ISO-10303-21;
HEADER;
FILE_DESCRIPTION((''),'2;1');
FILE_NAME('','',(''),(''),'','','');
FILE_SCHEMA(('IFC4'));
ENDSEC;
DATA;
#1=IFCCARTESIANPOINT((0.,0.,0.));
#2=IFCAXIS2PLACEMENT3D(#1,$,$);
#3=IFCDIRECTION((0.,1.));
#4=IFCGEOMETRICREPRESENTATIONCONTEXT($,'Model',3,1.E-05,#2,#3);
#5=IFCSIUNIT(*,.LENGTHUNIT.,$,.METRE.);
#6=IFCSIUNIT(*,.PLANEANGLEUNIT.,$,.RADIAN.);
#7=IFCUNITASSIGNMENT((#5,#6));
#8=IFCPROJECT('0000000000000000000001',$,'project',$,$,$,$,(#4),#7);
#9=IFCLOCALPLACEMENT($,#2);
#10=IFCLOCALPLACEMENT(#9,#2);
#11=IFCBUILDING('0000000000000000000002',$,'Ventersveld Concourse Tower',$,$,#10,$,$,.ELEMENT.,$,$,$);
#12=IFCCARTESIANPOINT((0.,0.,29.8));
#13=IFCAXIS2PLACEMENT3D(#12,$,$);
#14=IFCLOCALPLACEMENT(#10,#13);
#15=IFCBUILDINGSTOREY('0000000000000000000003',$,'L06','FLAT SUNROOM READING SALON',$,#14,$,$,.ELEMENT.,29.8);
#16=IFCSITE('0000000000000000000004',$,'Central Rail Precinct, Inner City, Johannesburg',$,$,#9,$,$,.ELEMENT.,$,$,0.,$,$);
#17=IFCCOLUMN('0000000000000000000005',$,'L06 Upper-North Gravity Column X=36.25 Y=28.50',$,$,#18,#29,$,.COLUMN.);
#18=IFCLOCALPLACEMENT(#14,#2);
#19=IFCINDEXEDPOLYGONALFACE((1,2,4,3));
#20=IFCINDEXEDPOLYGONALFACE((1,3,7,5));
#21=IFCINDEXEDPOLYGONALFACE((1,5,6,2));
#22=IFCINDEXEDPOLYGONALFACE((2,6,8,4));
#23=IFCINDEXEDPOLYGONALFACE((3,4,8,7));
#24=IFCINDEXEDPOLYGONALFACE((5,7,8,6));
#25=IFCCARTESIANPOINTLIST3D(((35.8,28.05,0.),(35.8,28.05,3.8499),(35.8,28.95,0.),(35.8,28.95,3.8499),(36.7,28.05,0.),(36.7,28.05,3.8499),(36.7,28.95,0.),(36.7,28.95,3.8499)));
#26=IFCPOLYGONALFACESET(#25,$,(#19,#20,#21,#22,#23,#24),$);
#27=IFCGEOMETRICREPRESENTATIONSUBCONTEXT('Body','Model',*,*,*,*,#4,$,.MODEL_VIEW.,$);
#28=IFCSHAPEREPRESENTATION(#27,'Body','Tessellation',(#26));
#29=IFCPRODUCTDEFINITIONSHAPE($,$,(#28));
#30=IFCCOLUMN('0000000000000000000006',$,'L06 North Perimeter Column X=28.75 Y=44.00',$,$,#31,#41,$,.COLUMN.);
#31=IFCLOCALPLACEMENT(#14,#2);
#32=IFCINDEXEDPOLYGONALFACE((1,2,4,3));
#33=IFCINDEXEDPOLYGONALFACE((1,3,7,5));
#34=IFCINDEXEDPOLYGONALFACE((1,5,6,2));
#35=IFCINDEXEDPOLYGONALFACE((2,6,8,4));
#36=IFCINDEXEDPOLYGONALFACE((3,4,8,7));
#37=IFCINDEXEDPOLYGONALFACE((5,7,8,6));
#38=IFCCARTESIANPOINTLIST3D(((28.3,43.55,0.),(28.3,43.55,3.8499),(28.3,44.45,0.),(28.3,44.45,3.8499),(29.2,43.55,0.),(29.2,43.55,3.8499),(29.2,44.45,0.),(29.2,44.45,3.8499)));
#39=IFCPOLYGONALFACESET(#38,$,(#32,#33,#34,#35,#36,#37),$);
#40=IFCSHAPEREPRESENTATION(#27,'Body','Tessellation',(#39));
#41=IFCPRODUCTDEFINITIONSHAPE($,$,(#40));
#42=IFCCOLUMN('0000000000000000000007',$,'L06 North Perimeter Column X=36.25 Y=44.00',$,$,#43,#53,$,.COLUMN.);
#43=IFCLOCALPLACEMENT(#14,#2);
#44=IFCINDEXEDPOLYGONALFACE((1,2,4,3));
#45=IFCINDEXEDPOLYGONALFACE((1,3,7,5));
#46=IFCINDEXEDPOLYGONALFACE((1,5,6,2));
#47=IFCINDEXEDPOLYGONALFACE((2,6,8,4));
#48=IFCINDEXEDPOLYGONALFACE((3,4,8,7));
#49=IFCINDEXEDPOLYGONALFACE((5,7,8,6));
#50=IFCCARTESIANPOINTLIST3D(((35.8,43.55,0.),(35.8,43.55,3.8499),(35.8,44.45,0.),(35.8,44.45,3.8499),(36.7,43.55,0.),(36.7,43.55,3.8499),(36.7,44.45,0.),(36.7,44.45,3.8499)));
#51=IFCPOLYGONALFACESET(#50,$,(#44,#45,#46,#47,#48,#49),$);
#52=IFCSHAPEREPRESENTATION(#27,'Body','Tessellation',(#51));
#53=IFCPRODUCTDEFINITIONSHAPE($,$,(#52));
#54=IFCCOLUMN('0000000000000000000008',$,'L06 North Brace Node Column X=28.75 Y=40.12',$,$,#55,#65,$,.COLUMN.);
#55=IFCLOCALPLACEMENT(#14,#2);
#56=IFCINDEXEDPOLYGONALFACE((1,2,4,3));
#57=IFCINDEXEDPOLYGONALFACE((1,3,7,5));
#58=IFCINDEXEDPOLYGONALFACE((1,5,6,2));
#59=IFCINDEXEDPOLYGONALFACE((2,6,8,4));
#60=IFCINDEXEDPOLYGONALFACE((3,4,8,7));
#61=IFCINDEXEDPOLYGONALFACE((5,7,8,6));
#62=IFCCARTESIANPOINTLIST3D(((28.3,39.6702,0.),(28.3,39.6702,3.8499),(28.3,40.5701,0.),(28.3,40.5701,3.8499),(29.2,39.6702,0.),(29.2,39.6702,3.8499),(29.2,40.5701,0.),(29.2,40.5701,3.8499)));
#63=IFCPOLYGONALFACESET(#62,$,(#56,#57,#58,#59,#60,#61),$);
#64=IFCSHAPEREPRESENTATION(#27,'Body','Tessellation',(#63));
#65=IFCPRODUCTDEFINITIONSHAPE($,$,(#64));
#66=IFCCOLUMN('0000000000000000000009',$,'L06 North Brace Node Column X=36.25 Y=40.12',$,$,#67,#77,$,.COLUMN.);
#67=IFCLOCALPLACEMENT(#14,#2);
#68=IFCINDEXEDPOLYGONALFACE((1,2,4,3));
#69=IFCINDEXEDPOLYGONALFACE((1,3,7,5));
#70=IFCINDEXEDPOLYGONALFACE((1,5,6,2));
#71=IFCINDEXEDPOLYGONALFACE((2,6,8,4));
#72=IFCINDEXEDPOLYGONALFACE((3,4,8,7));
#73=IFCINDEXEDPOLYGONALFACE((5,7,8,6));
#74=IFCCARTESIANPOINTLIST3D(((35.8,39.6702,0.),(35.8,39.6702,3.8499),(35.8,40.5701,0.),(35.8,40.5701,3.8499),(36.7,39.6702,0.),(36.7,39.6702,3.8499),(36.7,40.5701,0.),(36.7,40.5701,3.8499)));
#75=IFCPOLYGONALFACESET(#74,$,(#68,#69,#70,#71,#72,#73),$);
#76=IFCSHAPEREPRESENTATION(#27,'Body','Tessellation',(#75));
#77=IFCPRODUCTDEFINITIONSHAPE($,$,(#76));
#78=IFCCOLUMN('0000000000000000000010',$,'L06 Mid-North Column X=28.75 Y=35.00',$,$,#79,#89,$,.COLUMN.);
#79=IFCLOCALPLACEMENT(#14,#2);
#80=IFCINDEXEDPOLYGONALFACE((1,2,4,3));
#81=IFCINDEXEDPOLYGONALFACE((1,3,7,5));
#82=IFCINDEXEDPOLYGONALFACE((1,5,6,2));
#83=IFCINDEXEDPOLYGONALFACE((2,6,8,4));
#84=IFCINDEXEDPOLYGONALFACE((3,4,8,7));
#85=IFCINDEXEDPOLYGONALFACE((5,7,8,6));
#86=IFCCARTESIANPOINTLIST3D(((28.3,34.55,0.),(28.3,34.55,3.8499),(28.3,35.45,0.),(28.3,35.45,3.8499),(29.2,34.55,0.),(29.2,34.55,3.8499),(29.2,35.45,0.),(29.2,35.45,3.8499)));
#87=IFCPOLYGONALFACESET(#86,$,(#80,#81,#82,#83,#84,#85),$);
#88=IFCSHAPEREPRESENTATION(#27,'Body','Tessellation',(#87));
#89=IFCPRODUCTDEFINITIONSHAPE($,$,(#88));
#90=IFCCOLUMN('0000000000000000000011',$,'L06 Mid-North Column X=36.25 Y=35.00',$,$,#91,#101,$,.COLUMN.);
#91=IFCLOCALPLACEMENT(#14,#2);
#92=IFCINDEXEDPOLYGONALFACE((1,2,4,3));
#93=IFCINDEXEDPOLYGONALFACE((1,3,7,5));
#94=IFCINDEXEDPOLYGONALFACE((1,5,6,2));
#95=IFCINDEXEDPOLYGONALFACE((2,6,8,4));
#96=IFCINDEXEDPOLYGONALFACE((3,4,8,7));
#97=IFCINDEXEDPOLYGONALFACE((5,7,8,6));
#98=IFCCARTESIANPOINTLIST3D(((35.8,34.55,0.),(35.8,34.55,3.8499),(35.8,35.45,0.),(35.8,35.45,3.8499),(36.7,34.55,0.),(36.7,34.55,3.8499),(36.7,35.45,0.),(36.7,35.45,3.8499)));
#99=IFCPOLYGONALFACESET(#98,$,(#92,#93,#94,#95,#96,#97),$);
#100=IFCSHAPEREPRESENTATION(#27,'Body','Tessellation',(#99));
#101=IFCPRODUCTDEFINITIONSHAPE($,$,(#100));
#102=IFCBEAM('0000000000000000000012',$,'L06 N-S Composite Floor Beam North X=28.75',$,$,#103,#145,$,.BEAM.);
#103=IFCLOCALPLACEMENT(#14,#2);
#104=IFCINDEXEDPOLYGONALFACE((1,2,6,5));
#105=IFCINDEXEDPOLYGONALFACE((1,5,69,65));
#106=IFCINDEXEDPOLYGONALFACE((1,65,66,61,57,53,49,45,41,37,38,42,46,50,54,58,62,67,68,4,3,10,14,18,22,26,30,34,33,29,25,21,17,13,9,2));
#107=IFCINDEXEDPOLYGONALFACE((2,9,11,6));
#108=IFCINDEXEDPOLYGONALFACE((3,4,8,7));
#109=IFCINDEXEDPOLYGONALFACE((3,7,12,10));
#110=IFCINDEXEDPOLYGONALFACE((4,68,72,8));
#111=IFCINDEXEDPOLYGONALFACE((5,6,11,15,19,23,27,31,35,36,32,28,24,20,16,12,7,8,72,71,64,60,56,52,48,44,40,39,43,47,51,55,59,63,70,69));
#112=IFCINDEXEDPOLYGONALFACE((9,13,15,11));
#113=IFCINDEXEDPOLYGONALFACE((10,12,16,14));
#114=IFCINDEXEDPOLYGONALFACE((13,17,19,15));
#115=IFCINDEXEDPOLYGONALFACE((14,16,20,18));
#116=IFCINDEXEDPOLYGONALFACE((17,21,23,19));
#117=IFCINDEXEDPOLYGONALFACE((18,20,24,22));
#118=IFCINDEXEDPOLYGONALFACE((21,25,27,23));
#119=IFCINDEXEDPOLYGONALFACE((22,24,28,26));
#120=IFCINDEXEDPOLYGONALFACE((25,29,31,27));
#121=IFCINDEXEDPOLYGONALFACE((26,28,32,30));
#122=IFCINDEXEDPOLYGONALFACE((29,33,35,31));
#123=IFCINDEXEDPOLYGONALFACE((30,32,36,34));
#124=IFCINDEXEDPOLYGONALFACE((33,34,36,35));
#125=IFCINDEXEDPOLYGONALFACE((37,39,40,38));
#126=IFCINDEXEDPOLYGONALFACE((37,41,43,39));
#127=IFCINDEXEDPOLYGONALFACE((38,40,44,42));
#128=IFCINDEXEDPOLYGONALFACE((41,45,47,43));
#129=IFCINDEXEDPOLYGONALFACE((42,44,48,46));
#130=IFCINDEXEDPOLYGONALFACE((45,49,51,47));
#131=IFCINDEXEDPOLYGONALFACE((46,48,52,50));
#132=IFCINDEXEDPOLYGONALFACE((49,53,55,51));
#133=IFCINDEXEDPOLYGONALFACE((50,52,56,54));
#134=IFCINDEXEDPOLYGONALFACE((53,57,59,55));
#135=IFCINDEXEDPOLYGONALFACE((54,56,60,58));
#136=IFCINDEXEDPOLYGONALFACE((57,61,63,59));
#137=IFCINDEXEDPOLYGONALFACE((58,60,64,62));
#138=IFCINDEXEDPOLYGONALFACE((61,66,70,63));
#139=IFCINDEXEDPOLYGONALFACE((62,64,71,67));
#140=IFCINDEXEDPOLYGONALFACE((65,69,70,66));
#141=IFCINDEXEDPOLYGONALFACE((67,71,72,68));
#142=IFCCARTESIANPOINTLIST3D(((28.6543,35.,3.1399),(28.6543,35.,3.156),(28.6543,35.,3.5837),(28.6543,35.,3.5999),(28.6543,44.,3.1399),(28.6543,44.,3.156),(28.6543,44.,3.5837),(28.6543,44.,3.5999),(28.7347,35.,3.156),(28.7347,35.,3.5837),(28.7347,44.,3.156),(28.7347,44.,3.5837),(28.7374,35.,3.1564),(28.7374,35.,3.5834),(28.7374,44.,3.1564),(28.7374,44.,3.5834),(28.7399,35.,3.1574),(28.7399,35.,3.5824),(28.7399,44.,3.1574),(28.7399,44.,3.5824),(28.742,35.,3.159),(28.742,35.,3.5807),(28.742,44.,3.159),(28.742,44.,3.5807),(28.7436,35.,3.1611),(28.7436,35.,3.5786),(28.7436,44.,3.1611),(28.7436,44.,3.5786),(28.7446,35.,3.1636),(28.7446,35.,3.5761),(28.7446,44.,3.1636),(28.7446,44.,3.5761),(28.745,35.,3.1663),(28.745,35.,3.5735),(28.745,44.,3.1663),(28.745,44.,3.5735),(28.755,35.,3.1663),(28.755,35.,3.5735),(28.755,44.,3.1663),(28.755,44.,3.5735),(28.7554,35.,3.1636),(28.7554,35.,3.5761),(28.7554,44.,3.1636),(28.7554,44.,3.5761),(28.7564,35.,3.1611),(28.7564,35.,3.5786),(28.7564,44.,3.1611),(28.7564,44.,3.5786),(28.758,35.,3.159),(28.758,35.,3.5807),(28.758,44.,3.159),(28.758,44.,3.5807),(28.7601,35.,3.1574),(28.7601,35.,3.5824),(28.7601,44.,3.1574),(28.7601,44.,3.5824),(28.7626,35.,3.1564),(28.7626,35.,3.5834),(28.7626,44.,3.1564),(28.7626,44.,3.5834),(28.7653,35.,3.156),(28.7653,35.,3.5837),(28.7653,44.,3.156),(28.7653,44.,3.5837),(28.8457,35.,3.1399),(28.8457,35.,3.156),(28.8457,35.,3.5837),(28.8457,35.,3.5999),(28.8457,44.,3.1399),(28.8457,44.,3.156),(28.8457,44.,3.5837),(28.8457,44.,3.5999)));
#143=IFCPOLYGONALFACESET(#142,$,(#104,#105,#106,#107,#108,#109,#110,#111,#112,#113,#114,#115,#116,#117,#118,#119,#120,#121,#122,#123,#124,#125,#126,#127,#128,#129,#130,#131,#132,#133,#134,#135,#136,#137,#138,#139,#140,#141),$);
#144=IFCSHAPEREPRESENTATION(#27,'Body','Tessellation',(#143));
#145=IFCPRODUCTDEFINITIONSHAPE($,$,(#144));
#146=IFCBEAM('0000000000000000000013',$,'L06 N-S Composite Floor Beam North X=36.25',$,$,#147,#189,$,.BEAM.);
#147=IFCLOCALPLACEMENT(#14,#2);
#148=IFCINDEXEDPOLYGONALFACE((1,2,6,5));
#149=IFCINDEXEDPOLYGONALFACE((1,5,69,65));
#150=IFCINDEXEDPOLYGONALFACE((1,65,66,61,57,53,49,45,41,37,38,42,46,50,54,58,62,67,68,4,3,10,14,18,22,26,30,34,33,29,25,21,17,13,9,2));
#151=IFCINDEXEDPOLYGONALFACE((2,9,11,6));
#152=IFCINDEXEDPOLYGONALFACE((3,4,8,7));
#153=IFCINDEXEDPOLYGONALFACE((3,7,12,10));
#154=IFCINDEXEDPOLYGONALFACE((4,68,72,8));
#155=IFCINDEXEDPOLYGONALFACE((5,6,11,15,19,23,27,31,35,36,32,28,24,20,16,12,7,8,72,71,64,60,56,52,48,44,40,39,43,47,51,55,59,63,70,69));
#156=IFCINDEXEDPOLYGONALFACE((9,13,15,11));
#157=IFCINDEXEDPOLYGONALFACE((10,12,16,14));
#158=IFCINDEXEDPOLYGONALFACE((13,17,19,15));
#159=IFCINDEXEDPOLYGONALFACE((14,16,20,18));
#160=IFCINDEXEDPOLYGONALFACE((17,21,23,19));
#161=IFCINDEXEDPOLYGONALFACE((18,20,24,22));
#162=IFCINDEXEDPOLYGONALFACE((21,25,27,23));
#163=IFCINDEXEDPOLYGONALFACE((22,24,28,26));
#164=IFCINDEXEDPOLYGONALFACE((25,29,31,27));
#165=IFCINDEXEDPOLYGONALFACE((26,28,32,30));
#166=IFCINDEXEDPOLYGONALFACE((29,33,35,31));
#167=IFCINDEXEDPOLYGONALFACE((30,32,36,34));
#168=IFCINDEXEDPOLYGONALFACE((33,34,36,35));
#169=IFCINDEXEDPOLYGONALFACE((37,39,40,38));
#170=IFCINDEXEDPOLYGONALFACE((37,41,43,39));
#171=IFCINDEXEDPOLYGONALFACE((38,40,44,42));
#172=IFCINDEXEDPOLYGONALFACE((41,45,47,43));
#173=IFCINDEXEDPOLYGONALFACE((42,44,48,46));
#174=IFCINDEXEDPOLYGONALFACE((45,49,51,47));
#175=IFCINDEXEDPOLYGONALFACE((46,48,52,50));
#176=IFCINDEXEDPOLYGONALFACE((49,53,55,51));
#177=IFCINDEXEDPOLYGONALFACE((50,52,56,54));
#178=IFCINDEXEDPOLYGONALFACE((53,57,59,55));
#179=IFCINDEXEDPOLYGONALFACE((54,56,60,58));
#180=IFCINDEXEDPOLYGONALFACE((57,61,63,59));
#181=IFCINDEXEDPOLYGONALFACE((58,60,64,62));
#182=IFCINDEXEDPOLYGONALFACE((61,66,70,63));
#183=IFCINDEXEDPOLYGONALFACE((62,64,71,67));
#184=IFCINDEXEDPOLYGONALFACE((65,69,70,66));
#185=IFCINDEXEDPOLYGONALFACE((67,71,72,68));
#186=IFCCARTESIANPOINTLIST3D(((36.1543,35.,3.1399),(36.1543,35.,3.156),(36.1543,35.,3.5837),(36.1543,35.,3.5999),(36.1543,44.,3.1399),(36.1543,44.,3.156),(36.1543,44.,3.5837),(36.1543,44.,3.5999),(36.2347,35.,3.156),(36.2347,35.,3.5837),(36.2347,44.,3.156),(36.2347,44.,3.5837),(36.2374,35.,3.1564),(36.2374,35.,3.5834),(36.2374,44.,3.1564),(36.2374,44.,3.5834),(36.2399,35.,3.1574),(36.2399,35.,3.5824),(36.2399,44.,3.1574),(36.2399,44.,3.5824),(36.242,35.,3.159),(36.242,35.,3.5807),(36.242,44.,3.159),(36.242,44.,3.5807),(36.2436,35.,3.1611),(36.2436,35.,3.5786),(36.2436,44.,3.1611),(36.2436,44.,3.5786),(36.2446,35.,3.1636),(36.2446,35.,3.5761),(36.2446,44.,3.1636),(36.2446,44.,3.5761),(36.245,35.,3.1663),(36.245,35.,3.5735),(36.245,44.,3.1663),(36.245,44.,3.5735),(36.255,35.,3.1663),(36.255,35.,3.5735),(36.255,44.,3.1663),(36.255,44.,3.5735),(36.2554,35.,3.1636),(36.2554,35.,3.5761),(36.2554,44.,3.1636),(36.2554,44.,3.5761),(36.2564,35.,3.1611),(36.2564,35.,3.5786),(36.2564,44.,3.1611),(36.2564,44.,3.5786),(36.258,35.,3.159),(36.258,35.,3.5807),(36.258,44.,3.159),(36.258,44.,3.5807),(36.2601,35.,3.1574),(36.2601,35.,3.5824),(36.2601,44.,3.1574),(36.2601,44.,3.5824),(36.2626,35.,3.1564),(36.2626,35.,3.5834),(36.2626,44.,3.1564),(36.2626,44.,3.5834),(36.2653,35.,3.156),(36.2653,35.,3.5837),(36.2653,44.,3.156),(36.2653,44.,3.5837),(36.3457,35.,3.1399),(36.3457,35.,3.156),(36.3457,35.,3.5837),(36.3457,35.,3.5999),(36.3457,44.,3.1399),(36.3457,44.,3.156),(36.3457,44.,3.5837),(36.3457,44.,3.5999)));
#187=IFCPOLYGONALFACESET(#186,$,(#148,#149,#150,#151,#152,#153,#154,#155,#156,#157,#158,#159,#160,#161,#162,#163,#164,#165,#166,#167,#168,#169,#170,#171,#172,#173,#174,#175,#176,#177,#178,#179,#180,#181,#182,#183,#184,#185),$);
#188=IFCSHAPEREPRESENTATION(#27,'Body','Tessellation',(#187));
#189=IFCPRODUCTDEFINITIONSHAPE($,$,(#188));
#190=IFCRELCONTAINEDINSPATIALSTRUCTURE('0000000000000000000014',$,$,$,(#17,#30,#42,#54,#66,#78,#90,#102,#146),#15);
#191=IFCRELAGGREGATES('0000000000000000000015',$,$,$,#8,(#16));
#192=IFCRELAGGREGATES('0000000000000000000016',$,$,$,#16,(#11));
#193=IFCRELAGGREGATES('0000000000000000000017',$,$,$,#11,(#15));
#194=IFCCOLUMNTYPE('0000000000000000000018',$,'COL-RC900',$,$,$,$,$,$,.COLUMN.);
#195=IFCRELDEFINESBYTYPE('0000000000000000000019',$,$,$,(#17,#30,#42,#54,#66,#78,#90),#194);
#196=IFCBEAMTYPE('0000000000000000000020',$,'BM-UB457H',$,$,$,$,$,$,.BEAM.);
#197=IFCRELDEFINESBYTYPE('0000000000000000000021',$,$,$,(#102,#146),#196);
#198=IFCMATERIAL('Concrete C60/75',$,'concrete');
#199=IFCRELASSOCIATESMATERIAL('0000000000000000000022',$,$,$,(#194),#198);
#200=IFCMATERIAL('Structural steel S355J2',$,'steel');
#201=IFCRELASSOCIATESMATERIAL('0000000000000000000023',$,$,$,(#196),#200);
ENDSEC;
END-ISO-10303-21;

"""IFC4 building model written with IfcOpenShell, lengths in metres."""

from ifc_helpers import new_model, si_unit, direction, frame, origin, origin_2d, place, context, subcontext, project, spatial, rectangle, i_section, extrude, material, material_profile, profile_set, type_object, element, save


model = new_model("IFC4")

# Units and contexts
model_context = context("Model", 3, precision=1e-05, world=origin(), true_north=direction((0.0, 1.0)))
body_context = subcontext(model_context, "Body", "Model", "MODEL_VIEW")
ifc_project = project(units=[si_unit("LENGTHUNIT", "METRE"), si_unit("PLANEANGLEUNIT", "RADIAN")], contexts=[model_context])

# Site, building, storey
site_placement = place(None, origin())
site = spatial("IfcSite", under=ifc_project, at=site_placement, Name="Central Rail Precinct, Inner City, Johannesburg", CompositionType="ELEMENT", RefElevation=0.0)
building_placement = place(site_placement, origin())
building = spatial("IfcBuilding", under=site, at=building_placement, Name="Ventersveld Concourse Tower", CompositionType="ELEMENT")
storey_placement = place(building_placement, frame((0.0, 0.0, 29.8)))
storey = spatial("IfcBuildingStorey", under=building, at=storey_placement, Name="L06", Description="FLAT SUNROOM READING SALON", CompositionType="ELEMENT", Elevation=29.8)

# Columns
ifc_material_1 = material(Name="Concrete C60/75", Category="concrete")
ifc_material_profile_1 = material_profile(ifc_material_1, rectangle(XDim=0.8999, YDim=0.8999, at=origin_2d()), Name="RC 900x900")
ifc_profile_set_1 = profile_set([ifc_material_profile_1], Name="Concrete C60/75")
column_type = type_object("IfcColumnType", Name="COL-RC900", PredefinedType="COLUMN", material=ifc_profile_set_1)
for number, where, z_axis, x_axis, name in (
    (1, (36.25, 28.5, 0.0), (0.0, 0.0, 1.0), (1.0, 0.0, 0.0), "L06 Upper-North Gravity Column X=36.25 Y=28.50"),
    (2, (28.75, 44.0, 0.0), (0.0, 0.0, 1.0), (1.0, 0.0, 0.0), "L06 North Perimeter Column X=28.75 Y=44.00"),
    (3, (36.25, 44.0, 0.0), (0.0, 0.0, 1.0), (1.0, 0.0, 0.0), "L06 North Perimeter Column X=36.25 Y=44.00"),
    (4, (28.75, 40.1201, 0.0), (0.0, 0.0, 1.0), (1.0, 0.0, 0.0), "L06 North Brace Node Column X=28.75 Y=40.12"),
    (5, (36.25, 40.1201, 0.0), (0.0, 0.0, 1.0), (1.0, 0.0, 0.0), "L06 North Brace Node Column X=36.25 Y=40.12"),
    (6, (28.75, 35.0, 0.0), (0.0, 0.0, 1.0), (1.0, 0.0, 0.0), "L06 Mid-North Column X=28.75 Y=35.00"),
    (7, (36.25, 35.0, 0.0), (0.0, 0.0, 1.0), (1.0, 0.0, 0.0), "L06 Mid-North Column X=36.25 Y=35.00"),
):
    element("IfcColumn", number, at=place(storey_placement, frame(where, z_axis=z_axis, x_axis=x_axis)), inside=storey, type_object=column_type, Name=name, PredefinedType="COLUMN", context=body_context, shape_type="SweptSolid", body=[
        extrude(rectangle(XDim=0.8999, YDim=0.8999, at=origin_2d()), origin(), (0.0, 0.0, 1.0), 3.8499),
    ])

# Beams
ifc_material_2 = material(Name="Structural steel S355J2", Category="steel")
ifc_material_profile_2 = material_profile(ifc_material_2, i_section(OverallWidth=0.1914, OverallDepth=0.46, WebThickness=0.01, FlangeThickness=0.0161, FilletRadius=0.0103, at=origin_2d()), Name="UB 457x191x82")
ifc_profile_set_2 = profile_set([ifc_material_profile_2], Name="Structural steel S355J2")
beam_type_1 = type_object("IfcBeamType", Name="BM-UB457H", PredefinedType="BEAM", material=ifc_profile_set_2)
for number, where, z_axis, x_axis, name in (
    (8, (28.75, 35.0, 3.3699), (0.0, 1.0, 0.0), (-1.0, 0.0, 0.0), "L06 N-S Composite Floor Beam North X=28.75"),
    (9, (36.25, 35.0, 3.3699), (0.0, 1.0, 0.0), (-1.0, 0.0, 0.0), "L06 N-S Composite Floor Beam North X=36.25"),
):
    element("IfcBeam", number, at=place(storey_placement, frame(where, z_axis=z_axis, x_axis=x_axis)), inside=storey, type_object=beam_type_1, Name=name, PredefinedType="BEAM", context=body_context, shape_type="SweptSolid", body=[
        extrude(i_section(OverallWidth=0.1914, OverallDepth=0.46, WebThickness=0.01, FlangeThickness=0.0161, FilletRadius=0.0103, at=origin_2d()), origin(), (0.0, 0.0, 1.0), 9.0),
    ])

save(model, "model.ifc")
